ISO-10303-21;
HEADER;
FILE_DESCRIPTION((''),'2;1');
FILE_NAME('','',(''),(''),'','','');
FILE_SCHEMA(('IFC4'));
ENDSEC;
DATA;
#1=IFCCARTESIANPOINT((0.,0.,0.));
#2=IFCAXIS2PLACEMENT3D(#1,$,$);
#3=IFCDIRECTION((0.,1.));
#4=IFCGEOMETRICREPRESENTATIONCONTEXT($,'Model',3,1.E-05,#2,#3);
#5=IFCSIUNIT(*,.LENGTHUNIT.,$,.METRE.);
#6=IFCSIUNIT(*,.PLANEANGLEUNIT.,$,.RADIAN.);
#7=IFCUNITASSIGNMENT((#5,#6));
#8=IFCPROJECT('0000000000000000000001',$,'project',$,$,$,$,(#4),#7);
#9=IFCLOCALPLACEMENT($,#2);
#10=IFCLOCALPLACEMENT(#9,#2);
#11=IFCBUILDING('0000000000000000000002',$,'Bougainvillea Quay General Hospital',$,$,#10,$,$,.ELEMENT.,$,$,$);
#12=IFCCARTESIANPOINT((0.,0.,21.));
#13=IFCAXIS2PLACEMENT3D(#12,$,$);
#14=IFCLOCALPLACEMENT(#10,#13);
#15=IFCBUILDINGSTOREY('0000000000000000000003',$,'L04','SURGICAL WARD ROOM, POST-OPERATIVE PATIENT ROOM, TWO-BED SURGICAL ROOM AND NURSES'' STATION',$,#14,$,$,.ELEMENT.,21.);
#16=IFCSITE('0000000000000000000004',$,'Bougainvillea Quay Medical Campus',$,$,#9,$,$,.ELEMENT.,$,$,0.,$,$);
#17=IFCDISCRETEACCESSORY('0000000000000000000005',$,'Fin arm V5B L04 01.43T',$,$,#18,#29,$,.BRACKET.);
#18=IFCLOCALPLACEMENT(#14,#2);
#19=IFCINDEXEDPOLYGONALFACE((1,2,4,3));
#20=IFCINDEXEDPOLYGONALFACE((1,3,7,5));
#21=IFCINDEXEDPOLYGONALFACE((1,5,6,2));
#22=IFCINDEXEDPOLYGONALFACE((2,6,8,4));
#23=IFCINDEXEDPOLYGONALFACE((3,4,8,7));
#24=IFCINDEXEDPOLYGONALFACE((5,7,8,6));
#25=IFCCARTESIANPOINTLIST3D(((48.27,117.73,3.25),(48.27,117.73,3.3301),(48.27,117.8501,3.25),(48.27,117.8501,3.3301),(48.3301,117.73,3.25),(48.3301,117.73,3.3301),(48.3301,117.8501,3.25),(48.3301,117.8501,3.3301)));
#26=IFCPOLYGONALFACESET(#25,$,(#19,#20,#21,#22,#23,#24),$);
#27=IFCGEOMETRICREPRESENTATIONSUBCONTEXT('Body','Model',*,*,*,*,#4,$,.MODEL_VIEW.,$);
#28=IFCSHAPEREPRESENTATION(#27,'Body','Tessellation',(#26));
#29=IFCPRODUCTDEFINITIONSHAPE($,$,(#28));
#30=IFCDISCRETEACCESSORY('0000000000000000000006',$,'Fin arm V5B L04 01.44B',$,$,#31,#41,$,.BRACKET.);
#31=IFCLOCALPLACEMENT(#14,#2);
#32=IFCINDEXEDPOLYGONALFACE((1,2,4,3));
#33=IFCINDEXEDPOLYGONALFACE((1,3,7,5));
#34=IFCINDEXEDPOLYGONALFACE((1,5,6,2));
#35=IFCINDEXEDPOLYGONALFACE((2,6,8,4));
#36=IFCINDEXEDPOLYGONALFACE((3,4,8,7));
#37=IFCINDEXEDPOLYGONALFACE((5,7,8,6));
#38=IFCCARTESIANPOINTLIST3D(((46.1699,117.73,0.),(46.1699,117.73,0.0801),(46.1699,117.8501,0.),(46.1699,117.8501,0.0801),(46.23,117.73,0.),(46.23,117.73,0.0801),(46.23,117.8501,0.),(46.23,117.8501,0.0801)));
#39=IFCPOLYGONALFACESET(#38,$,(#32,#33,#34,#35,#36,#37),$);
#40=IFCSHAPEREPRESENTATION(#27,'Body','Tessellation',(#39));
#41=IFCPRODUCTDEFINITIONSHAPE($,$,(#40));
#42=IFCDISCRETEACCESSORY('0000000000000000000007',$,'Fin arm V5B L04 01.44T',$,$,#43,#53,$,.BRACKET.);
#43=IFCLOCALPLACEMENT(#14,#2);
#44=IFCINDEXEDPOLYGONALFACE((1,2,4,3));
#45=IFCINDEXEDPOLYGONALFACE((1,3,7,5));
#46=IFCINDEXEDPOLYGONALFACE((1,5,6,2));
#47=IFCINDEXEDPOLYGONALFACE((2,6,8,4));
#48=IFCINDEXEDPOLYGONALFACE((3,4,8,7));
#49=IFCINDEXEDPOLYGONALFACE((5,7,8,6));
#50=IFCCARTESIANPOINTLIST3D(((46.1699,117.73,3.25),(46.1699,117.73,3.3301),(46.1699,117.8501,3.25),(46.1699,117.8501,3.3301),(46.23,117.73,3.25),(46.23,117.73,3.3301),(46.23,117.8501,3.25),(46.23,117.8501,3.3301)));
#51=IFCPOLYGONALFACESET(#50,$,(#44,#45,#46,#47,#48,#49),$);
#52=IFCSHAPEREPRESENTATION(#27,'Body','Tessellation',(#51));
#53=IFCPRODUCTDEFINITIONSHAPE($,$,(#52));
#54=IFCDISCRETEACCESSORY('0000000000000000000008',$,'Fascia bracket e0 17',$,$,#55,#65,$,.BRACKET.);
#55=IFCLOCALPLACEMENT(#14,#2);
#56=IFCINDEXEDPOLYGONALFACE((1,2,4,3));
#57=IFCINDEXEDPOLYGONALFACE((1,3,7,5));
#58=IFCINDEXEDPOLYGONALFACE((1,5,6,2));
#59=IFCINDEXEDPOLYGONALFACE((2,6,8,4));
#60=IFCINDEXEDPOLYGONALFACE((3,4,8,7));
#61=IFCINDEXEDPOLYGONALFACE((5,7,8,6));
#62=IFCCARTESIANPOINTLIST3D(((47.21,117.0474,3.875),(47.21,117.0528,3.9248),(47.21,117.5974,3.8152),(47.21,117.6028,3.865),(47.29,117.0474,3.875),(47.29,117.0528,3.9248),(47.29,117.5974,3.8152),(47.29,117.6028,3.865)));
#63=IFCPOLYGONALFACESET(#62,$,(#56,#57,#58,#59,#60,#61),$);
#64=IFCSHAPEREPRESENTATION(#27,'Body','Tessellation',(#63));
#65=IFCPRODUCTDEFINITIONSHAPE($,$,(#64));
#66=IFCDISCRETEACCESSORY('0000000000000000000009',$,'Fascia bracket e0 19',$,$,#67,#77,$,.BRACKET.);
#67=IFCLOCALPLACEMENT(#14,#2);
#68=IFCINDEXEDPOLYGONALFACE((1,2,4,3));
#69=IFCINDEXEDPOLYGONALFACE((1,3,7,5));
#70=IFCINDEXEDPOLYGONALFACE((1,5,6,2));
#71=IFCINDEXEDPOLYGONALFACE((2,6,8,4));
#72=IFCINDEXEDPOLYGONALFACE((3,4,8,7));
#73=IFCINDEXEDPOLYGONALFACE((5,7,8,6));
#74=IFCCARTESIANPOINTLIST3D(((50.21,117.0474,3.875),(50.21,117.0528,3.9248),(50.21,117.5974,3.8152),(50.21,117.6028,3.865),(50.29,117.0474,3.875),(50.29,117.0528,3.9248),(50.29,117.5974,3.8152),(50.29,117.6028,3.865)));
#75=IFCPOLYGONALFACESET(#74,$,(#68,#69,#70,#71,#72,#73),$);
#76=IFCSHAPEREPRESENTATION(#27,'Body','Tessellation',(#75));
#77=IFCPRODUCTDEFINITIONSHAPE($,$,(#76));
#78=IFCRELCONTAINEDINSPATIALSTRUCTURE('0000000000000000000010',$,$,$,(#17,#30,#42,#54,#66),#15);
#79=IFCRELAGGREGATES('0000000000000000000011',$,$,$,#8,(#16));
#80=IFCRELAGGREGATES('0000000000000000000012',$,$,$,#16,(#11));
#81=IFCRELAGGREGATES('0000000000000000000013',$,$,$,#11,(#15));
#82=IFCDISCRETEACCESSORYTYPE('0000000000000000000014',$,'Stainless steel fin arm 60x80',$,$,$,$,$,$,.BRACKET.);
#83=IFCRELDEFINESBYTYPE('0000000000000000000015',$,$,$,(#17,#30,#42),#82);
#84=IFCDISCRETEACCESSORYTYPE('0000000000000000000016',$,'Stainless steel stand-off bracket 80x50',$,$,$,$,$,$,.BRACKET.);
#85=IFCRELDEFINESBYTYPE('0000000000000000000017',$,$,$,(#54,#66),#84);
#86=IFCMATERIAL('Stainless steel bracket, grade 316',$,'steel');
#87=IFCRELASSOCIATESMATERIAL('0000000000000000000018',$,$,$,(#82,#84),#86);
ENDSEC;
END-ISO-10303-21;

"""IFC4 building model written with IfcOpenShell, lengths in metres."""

from ifc_helpers import new_model, si_unit, direction, frame, origin, origin_2d, place, context, subcontext, project, spatial, rectangle, extrude, material, material_profile, profile_set, type_object, element, save


model = new_model("IFC4")

# Units and contexts
model_context = context("Model", 3, precision=1e-05, world=origin(), true_north=direction((0.0, 1.0)))
body_context = subcontext(model_context, "Body", "Model", "MODEL_VIEW")
ifc_project = project(units=[si_unit("LENGTHUNIT", "METRE"), si_unit("PLANEANGLEUNIT", "RADIAN")], contexts=[model_context])

# Site, building, storey
site_placement = place(None, origin())
site = spatial("IfcSite", under=ifc_project, at=site_placement, Name="Bougainvillea Quay Medical Campus", CompositionType="ELEMENT", RefElevation=0.0)
building_placement = place(site_placement, origin())
building = spatial("IfcBuilding", under=site, at=building_placement, Name="Bougainvillea Quay General Hospital", CompositionType="ELEMENT")
storey_placement = place(building_placement, frame((0.0, 0.0, 21.0)))
storey = spatial("IfcBuildingStorey", under=building, at=storey_placement, Name="L04", Description="SURGICAL WARD ROOM, POST-OPERATIVE PATIENT ROOM, TWO-BED SURGICAL ROOM AND NURSES' STATION", CompositionType="ELEMENT", Elevation=21.0)

# Discrete accessories
ifc_material_1 = material(Name="Stainless steel bracket, grade 316", Category="steel")
discrete_accessory_type_1 = type_object("IfcDiscreteAccessoryType", Name="Stainless steel fin arm 60x80", PredefinedType="BRACKET", material=ifc_material_1)
for number, where, z_axis, x_axis, name in (
    (1, (48.3, 117.79, 3.25), (0.0, 0.0, 1.0), (0.0, -1.0, 0.0), "Fin arm V5B L04 01.43T"),
    (2, (46.2, 117.79, 0.0), (0.0, 0.0, 1.0), (0.0, -1.0, 0.0), "Fin arm V5B L04 01.44B"),
    (3, (46.2, 117.79, 3.25), (0.0, 0.0, 1.0), (0.0, -1.0, 0.0), "Fin arm V5B L04 01.44T"),
):
    element("IfcDiscreteAccessory", number, at=place(storey_placement, frame(where, z_axis=z_axis, x_axis=x_axis)), inside=storey, type_object=discrete_accessory_type_1, Name=name, PredefinedType="BRACKET", context=body_context, shape_type="SweptSolid", body=[
        extrude(rectangle(XDim=0.1201, YDim=0.0601, at=origin_2d()), origin(), (0.0, 0.0, 1.0), 0.0801),
    ])
ifc_material_profile_1 = material_profile(ifc_material_1, rectangle(XDim=0.0801, YDim=0.05, at=origin_2d()))
ifc_profile_set_1 = profile_set([ifc_material_profile_1], Name="Stainless steel bracket, grade 316")
discrete_accessory_type_2 = type_object("IfcDiscreteAccessoryType", Name="Stainless steel stand-off bracket 80x50", PredefinedType="BRACKET", material=ifc_profile_set_1)
for number, where, z_axis, x_axis, name in (
    (4, (47.25, 117.6001, 3.8401), (0.0, -0.994139, 0.108107), (1.0, 0.0, 0.0), "Fascia bracket e0 17"),
    (5, (50.25, 117.6001, 3.8401), (0.0, -0.994139, 0.108107), (1.0, 0.0, 0.0), "Fascia bracket e0 19"),
):
    element("IfcDiscreteAccessory", number, at=place(storey_placement, frame(where, z_axis=z_axis, x_axis=x_axis)), inside=storey, type_object=discrete_accessory_type_2, Name=name, PredefinedType="BRACKET", context=body_context, shape_type="SweptSolid", body=[
        extrude(rectangle(XDim=0.0801, YDim=0.05, at=origin_2d()), origin(), (0.0, 0.0, 1.0), 0.5532),
    ])

save(model, "model.ifc")
